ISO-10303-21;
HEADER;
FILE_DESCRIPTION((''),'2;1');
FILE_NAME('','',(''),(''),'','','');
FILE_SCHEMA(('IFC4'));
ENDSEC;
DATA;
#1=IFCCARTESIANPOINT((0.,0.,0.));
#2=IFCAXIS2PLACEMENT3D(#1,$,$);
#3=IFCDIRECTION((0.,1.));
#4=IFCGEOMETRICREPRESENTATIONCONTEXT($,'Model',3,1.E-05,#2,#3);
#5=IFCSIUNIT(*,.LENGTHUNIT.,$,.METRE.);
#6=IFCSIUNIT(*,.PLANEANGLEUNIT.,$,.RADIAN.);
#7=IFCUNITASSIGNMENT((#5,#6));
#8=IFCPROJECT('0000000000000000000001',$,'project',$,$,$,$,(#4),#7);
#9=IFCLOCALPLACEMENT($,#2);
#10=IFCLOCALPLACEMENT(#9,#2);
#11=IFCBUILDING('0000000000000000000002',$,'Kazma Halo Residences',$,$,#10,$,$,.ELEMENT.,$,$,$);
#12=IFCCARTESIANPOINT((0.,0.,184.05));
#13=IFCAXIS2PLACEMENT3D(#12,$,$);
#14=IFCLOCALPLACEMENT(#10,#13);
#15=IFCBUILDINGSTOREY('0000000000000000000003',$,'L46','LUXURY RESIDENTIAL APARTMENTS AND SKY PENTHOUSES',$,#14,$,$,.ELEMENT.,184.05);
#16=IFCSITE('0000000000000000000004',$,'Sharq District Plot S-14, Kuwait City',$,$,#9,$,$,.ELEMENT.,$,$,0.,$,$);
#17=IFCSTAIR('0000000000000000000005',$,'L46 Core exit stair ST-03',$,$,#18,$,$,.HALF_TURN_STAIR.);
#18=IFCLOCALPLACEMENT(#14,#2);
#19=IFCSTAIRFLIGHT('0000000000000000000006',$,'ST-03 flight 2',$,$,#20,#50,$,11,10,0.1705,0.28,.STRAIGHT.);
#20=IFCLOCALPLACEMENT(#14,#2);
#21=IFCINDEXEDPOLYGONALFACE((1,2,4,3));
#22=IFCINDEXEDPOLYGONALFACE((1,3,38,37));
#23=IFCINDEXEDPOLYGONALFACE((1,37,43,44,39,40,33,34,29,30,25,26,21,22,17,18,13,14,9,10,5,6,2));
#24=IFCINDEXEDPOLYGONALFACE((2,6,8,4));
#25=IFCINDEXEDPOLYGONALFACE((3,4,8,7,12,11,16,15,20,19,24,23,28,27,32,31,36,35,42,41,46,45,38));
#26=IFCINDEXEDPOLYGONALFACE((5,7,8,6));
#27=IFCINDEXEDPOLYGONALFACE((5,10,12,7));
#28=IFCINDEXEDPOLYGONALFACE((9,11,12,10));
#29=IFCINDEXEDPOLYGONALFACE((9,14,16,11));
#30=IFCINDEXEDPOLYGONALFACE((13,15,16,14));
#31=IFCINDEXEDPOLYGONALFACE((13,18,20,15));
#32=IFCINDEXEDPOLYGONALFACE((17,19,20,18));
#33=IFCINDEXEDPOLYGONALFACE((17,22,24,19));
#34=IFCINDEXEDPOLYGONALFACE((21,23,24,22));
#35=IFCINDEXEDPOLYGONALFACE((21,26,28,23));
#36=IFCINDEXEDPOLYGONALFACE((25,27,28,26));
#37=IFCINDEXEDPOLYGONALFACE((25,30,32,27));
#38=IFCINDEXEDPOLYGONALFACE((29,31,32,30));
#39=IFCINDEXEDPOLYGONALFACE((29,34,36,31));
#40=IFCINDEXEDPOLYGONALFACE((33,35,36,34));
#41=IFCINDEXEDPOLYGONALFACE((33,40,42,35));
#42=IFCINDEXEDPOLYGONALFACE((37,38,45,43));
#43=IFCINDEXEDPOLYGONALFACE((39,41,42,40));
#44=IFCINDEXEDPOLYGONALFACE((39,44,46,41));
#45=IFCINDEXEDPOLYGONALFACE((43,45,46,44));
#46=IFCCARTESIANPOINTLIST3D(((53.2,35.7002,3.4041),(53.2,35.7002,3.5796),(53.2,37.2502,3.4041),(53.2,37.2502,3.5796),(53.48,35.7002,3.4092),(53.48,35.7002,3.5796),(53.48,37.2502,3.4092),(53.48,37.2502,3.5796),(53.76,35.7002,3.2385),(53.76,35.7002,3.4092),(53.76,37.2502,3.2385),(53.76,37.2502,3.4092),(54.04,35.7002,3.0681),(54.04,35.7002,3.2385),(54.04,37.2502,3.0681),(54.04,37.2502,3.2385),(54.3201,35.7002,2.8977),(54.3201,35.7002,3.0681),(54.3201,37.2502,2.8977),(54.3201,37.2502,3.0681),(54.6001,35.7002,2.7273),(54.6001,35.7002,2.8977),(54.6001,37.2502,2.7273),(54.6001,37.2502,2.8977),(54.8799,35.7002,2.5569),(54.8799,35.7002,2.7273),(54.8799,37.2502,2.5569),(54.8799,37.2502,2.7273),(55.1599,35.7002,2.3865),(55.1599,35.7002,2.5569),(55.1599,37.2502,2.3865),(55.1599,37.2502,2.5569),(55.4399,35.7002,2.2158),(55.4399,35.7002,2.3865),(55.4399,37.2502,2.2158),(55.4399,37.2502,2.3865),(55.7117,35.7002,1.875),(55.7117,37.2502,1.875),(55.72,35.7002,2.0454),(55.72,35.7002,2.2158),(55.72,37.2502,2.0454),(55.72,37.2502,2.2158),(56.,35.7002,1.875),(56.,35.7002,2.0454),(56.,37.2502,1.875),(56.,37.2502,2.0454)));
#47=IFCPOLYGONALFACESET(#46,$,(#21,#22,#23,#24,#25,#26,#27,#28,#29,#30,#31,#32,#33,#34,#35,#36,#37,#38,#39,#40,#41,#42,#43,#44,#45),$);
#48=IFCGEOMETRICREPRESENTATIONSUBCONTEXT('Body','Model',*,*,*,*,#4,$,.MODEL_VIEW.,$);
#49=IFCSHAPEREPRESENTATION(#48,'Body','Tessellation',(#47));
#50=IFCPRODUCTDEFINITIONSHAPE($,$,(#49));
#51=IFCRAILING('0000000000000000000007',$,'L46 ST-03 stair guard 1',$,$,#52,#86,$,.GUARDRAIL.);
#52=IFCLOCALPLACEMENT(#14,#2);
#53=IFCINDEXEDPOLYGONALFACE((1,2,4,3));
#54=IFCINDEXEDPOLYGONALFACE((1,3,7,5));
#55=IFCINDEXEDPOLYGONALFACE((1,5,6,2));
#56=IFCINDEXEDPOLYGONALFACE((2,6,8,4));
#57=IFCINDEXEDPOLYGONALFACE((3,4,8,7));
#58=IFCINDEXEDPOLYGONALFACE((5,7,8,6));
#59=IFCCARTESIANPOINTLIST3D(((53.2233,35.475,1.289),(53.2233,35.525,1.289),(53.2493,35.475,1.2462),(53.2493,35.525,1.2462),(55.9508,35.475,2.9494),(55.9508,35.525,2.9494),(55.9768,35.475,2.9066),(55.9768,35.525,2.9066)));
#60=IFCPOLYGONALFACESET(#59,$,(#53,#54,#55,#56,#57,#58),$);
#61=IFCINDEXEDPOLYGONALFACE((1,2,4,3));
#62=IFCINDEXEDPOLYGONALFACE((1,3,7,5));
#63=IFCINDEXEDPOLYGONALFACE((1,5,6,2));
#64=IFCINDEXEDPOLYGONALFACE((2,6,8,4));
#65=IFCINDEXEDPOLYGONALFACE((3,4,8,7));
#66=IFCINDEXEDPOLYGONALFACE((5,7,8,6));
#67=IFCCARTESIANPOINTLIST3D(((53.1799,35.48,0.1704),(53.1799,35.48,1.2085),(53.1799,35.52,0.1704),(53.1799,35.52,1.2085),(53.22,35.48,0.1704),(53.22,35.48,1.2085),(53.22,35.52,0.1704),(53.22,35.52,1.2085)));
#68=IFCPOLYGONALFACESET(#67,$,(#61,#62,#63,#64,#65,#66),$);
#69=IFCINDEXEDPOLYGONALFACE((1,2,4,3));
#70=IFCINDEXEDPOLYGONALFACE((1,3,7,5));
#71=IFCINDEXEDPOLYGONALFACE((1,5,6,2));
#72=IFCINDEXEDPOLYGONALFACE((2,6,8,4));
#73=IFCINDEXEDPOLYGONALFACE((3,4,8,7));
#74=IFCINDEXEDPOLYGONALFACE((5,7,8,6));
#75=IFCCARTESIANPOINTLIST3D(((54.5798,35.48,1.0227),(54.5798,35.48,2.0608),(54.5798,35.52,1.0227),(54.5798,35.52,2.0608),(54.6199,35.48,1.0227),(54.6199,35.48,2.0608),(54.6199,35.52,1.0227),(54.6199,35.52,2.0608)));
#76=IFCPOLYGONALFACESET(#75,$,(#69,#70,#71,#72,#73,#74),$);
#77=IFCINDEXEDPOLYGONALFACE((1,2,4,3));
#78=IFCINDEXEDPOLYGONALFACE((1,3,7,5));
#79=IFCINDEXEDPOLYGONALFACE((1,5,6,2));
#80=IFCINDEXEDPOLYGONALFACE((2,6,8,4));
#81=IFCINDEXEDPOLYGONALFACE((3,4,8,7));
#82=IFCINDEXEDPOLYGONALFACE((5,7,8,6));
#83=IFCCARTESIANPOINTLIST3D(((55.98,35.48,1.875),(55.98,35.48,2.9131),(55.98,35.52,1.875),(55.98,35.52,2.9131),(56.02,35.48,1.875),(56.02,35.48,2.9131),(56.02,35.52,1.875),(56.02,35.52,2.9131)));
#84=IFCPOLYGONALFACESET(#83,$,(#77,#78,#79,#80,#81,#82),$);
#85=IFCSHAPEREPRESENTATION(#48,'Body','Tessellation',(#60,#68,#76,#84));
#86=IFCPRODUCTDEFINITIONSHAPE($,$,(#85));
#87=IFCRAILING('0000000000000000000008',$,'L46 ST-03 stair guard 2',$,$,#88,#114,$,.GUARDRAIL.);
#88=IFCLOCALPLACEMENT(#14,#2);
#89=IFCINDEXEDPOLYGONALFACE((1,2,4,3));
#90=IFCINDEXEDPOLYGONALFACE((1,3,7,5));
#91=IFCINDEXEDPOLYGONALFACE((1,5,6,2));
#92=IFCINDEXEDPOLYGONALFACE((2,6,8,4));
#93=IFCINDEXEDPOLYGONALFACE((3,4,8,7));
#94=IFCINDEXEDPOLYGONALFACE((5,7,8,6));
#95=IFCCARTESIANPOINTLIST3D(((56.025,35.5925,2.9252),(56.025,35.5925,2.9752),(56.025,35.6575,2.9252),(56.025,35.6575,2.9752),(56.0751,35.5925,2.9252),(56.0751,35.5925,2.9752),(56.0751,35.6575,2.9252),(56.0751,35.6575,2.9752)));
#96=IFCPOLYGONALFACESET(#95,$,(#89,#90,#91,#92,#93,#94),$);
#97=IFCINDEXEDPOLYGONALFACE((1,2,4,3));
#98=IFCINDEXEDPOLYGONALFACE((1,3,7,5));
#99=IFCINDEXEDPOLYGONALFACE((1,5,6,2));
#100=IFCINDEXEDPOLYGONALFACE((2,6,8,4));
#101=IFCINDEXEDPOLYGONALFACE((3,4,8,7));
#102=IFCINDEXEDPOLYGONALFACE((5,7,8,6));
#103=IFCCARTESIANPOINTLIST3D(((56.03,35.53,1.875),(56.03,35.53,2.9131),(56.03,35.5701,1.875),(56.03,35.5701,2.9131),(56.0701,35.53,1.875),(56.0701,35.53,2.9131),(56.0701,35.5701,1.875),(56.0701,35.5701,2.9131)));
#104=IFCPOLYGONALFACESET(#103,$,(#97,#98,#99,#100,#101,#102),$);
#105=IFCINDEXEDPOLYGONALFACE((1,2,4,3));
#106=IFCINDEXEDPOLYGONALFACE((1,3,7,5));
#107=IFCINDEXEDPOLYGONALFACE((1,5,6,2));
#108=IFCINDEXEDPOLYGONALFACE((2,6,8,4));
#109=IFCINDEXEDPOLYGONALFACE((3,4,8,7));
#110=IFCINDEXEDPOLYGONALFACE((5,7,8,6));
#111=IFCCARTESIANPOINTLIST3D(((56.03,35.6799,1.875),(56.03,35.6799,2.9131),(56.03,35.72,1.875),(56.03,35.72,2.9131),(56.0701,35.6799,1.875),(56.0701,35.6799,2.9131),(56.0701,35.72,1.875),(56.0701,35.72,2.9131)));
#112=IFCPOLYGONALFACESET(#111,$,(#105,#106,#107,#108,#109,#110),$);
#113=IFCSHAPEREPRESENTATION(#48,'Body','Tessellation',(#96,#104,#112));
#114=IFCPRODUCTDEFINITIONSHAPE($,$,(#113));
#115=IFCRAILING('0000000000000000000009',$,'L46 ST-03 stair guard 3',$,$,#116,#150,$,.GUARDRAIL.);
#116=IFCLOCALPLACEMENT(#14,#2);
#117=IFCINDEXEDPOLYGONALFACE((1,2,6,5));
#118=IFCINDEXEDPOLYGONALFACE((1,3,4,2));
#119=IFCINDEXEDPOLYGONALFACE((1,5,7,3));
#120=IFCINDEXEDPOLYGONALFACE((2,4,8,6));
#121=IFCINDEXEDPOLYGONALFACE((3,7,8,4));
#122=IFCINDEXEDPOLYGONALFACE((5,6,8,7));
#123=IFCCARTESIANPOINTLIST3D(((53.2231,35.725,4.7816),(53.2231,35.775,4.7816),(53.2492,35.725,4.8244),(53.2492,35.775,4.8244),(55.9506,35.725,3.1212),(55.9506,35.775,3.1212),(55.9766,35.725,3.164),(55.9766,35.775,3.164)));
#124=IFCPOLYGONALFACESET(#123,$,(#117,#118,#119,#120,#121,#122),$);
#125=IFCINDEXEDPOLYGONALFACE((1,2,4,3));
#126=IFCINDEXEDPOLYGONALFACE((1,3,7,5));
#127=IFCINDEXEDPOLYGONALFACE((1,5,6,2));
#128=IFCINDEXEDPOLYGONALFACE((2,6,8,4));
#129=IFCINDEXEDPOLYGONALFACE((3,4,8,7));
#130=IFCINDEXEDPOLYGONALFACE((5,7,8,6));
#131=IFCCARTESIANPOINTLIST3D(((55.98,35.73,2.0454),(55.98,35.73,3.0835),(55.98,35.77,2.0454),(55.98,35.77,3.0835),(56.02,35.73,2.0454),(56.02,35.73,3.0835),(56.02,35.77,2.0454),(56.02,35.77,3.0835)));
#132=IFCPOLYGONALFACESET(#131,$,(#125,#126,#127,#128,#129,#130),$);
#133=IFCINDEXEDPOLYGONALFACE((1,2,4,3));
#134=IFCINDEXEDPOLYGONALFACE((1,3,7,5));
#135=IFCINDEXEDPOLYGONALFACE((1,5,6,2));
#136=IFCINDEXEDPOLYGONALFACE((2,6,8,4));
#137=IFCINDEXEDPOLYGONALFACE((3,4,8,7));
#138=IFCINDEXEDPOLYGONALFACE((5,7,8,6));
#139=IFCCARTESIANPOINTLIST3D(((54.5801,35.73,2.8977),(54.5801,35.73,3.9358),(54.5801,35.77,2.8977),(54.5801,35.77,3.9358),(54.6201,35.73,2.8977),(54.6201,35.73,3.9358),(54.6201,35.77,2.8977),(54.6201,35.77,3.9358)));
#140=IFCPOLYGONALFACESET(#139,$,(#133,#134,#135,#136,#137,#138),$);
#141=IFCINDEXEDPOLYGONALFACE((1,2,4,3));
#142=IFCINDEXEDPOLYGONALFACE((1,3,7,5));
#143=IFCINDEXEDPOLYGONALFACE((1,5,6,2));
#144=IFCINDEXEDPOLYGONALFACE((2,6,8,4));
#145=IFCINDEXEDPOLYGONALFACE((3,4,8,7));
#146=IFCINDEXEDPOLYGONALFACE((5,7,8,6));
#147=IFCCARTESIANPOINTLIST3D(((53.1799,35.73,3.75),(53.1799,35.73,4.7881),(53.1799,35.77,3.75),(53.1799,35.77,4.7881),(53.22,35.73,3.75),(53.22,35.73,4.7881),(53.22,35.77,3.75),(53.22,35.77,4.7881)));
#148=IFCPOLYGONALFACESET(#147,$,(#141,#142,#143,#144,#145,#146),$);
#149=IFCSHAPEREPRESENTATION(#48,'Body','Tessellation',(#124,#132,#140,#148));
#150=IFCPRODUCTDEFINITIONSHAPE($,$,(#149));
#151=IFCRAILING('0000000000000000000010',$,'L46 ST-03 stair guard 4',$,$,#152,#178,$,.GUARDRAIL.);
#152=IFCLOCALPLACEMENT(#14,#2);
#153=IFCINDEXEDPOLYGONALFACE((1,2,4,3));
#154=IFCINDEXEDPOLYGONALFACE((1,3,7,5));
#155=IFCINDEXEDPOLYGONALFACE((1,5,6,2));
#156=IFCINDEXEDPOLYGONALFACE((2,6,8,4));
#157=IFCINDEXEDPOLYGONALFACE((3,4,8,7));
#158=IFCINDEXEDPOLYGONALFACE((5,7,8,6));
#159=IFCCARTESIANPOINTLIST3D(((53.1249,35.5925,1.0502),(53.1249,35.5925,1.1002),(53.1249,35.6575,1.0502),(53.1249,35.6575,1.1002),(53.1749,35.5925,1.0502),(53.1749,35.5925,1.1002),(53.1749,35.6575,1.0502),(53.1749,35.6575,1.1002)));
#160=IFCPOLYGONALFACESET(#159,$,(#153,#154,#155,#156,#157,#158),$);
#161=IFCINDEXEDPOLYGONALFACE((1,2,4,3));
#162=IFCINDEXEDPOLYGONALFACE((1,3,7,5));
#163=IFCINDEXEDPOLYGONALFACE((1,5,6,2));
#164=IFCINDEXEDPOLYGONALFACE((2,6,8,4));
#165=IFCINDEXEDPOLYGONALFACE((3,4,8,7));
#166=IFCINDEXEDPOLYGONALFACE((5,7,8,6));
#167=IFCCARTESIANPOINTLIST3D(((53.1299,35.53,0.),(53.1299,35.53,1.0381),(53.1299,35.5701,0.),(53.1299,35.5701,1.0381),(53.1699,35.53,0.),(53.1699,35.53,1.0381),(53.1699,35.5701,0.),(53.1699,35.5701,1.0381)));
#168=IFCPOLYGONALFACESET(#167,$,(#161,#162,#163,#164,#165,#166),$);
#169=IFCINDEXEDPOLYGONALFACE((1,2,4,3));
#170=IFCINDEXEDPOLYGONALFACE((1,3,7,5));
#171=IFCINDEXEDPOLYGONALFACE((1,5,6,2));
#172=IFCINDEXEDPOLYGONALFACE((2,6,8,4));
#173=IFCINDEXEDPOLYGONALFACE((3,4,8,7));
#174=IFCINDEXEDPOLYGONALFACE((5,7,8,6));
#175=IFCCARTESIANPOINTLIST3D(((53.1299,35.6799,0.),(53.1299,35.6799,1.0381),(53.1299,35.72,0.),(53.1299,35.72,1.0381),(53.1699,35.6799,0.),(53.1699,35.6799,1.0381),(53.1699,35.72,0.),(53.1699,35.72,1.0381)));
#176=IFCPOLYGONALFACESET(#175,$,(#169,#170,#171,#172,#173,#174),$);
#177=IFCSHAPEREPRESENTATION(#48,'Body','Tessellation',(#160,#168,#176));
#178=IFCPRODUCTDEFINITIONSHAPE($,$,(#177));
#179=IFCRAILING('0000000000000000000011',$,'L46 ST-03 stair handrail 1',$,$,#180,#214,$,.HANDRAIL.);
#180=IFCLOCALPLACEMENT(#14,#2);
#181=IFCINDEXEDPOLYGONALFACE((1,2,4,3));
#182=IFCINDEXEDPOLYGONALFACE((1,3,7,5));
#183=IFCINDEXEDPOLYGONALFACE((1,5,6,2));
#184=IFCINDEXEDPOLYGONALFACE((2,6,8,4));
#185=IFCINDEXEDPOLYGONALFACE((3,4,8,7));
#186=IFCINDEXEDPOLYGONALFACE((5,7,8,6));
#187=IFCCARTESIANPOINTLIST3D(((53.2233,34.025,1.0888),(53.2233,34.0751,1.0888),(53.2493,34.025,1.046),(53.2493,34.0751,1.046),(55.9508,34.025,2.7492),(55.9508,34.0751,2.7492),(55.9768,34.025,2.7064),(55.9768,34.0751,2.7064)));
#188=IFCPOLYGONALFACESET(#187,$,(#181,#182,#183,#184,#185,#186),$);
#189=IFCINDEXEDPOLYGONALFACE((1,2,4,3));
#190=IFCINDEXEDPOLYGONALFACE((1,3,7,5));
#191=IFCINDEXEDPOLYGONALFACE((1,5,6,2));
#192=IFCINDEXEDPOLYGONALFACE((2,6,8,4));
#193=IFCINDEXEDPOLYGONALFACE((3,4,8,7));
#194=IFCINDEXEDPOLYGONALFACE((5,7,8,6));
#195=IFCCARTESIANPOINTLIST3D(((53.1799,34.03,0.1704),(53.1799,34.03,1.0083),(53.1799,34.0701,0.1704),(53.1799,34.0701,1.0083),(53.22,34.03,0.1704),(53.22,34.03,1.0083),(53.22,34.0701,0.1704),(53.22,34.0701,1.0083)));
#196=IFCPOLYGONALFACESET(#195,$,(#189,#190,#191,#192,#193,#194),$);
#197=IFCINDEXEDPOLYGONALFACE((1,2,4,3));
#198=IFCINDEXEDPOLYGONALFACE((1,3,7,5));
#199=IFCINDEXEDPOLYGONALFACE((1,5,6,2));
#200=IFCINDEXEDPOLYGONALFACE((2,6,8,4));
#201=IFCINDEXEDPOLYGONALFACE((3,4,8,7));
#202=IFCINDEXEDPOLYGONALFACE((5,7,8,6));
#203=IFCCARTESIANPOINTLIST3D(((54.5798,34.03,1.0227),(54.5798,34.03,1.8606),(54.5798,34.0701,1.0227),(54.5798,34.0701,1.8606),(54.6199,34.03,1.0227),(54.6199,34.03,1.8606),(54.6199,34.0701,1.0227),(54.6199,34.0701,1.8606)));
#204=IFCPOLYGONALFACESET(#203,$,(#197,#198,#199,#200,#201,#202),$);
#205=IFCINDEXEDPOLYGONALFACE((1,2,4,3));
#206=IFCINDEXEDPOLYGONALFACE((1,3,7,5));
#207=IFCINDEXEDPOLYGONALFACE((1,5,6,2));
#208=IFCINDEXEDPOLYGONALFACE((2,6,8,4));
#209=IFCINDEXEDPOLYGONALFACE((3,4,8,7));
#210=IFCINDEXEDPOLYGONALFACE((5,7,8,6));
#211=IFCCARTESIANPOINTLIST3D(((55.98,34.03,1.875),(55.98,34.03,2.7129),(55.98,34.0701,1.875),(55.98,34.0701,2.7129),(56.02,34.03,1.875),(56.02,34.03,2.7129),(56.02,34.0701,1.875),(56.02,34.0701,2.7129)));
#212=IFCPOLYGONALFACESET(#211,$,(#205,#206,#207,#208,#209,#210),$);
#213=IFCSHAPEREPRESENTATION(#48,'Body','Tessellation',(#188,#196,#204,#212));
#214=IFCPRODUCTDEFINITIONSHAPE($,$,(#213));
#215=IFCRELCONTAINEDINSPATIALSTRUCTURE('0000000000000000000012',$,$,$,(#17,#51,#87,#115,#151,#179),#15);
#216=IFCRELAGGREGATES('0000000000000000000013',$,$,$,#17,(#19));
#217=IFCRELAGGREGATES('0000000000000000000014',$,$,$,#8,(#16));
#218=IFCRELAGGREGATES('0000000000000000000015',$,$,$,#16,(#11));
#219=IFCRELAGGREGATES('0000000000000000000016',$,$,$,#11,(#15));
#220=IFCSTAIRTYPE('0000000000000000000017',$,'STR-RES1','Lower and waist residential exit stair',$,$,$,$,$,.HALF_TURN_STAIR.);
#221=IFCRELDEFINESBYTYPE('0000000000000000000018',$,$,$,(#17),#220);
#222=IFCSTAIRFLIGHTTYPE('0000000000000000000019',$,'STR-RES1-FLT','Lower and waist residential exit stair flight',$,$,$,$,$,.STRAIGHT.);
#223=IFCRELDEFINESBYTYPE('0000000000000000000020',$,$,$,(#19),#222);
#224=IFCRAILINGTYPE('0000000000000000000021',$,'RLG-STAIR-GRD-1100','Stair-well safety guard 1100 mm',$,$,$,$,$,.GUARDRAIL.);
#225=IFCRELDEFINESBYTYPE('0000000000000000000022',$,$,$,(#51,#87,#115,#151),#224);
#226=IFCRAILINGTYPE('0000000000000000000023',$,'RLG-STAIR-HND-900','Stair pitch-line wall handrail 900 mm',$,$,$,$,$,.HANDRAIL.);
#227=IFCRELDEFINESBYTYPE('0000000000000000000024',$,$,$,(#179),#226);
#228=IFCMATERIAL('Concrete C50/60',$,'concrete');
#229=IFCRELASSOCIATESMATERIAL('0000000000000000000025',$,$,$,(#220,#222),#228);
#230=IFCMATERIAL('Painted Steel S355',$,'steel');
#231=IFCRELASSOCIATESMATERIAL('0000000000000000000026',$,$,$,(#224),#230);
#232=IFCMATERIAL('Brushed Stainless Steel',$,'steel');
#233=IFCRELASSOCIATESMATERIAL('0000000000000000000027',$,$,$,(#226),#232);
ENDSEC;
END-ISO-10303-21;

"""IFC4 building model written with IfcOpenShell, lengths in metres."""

from ifc_helpers import new_model, si_unit, direction, frame, origin, origin_2d, place, context, subcontext, project, spatial, polyline, rectangle, outline, extrude, material, type_object, element, aggregate, save


model = new_model("IFC4")

# Units and contexts
model_context = context("Model", 3, precision=1e-05, world=origin(), true_north=direction((0.0, 1.0)))
body_context = subcontext(model_context, "Body", "Model", "MODEL_VIEW")
ifc_project = project(units=[si_unit("LENGTHUNIT", "METRE"), si_unit("PLANEANGLEUNIT", "RADIAN")], contexts=[model_context])

# Site, building, storey
site_placement = place(None, origin())
site = spatial("IfcSite", under=ifc_project, at=site_placement, Name="Sharq District Plot S-14, Kuwait City", CompositionType="ELEMENT", RefElevation=0.0)
building_placement = place(site_placement, origin())
building = spatial("IfcBuilding", under=site, at=building_placement, Name="Kazma Halo Residences", CompositionType="ELEMENT")
storey_placement = place(building_placement, frame((0.0, 0.0, 184.05)))
storey = spatial("IfcBuildingStorey", under=building, at=storey_placement, Name="L46", Description="LUXURY RESIDENTIAL APARTMENTS AND SKY PENTHOUSES", CompositionType="ELEMENT", Elevation=184.05)

# Shared definitions
ifc_material_1 = material(Name="Concrete C50/60", Category="concrete")

# Stair, stair flight
stair_type = type_object("IfcStairType", Name="STR-RES1", Description="Lower and waist residential exit stair", PredefinedType="HALF_TURN_STAIR", material=ifc_material_1)
stair_placement = place(storey_placement, origin())
stair = element("IfcStair", 1, at=stair_placement, inside=storey, type_object=stair_type, Name="L46 Core exit stair ST-03", PredefinedType="HALF_TURN_STAIR")
stair_flight_type = type_object("IfcStairFlightType", Name="STR-RES1-FLT", Description="Lower and waist residential exit stair flight", PredefinedType="STRAIGHT", material=ifc_material_1)
stair_flight_1_placement = place(storey_placement, frame((56.0, 36.4751, 1.875), z_axis=(0.0, 0.0, 1.0), x_axis=(-1.0, 0.0, 0.0)))
stair_flight_1 = element("IfcStairFlight", 2, at=stair_flight_1_placement, type_object=stair_flight_type, Name="ST-03 flight 2", NumberOfRisers=11, NumberOfTreads=10, PredefinedType="STRAIGHT", RiserHeight=0.1705, TreadLength=0.28, context=body_context, shape_type="SweptSolid", body=[
    extrude(outline(polyline([(0.0, 0.0), (0.0, 0.1704), (0.28, 0.1704), (0.28, 0.3408), (0.5601, 0.3408), (0.5601, 0.5115), (0.8401, 0.5115), (0.8401, 0.6819), (1.1201, 0.6819), (1.1201, 0.8523), (1.3999, 0.8523), (1.3999, 1.0227), (1.6799, 1.0227), (1.6799, 1.1931), (1.96, 1.1931), (1.96, 1.3635), (2.24, 1.3635), (2.24, 1.5342), (2.52, 1.5342), (2.52, 1.7046), (2.8, 1.7046), (2.8, 1.875), (2.8, 1.5291), (0.2883, 0.0), (0.0, 0.0)])), frame((0.0, 0.7749, 0.0), z_axis=(0.0, -1.0, 0.0), x_axis=(1.0, 0.0, 0.0)), (0.0, 0.0, 1.0), 1.55),
])
aggregate(stair, [stair_flight_1])

# Railings
ifc_material_2 = material(Name="Painted Steel S355", Category="steel")
railing_type_1 = type_object("IfcRailingType", Name="RLG-STAIR-GRD-1100", Description="Stair-well safety guard 1100 mm", PredefinedType="GUARDRAIL", material=ifc_material_2)
railing_1_placement = place(storey_placement, frame((53.2, 35.5, 0.1704)))
element("IfcRailing", 3, at=railing_1_placement, inside=storey, type_object=railing_type_1, Name="L46 ST-03 stair guard 1", PredefinedType="GUARDRAIL", context=body_context, shape_type="SweptSolid", body=[
    extrude(rectangle(XDim=0.05, YDim=0.05, at=origin_2d()), frame((0.0364, 0.0, 1.0972), z_axis=(0.85417, 0.0, 0.519994), x_axis=(0.0, 1.0, 0.0)), (0.0, 0.0, 1.0), 3.1931),
    extrude(rectangle(XDim=0.04, YDim=0.04, at=origin_2d()), origin(), (0.0, 0.0, 1.0), 1.0381),
    extrude(rectangle(XDim=0.04, YDim=0.04, at=origin_2d()), frame((1.3999, 0.0, 0.8523)), (0.0, 0.0, 1.0), 1.0381),
    extrude(rectangle(XDim=0.04, YDim=0.04, at=origin_2d()), frame((2.8, 0.0, 1.7046)), (0.0, 0.0, 1.0), 1.0381),
])
railing_2_placement = place(storey_placement, frame((56.05, 35.55, 1.875)))
element("IfcRailing", 4, at=railing_2_placement, inside=storey, type_object=railing_type_1, Name="L46 ST-03 stair guard 2", PredefinedType="GUARDRAIL", context=body_context, shape_type="SweptSolid", body=[
    extrude(rectangle(XDim=0.05, YDim=0.05, at=origin_2d()), frame((0.0, 0.0425, 1.0752), z_axis=(0.0, 1.0, 0.0), x_axis=(-1.0, 0.0, 0.0)), (0.0, 0.0, 1.0), 0.0649),
    extrude(rectangle(XDim=0.04, YDim=0.04, at=origin_2d()), origin(), (0.0, 0.0, 1.0), 1.0381),
    extrude(rectangle(XDim=0.04, YDim=0.04, at=origin_2d()), frame((0.0, 0.1499, 0.0)), (0.0, 0.0, 1.0), 1.0381),
])
railing_3_placement = place(storey_placement, frame((56.0, 35.75, 2.0454)))
element("IfcRailing", 5, at=railing_3_placement, inside=storey, type_object=railing_type_1, Name="L46 ST-03 stair guard 3", PredefinedType="GUARDRAIL", context=body_context, shape_type="SweptSolid", body=[
    extrude(rectangle(XDim=0.05, YDim=0.05, at=origin_2d()), frame((-0.0364, 0.0, 1.0972), z_axis=(-0.85417, 0.0, 0.519994), x_axis=(0.0, -1.0, 0.0)), (0.0, 0.0, 1.0), 3.1931),
    extrude(rectangle(XDim=0.04, YDim=0.04, at=origin_2d()), origin(), (0.0, 0.0, 1.0), 1.0381),
    extrude(rectangle(XDim=0.04, YDim=0.04, at=origin_2d()), frame((-1.3999, 0.0, 0.8523)), (0.0, 0.0, 1.0), 1.0381),
    extrude(rectangle(XDim=0.04, YDim=0.04, at=origin_2d()), frame((-2.8, 0.0, 1.7046)), (0.0, 0.0, 1.0), 1.0381),
])
railing_4_placement = place(storey_placement, frame((53.1499, 35.55, 0.0)))
element("IfcRailing", 6, at=railing_4_placement, inside=storey, type_object=railing_type_1, Name="L46 ST-03 stair guard 4", PredefinedType="GUARDRAIL", context=body_context, shape_type="SweptSolid", body=[
    extrude(rectangle(XDim=0.05, YDim=0.05, at=origin_2d()), frame((0.0, 0.0425, 1.0752), z_axis=(0.0, 1.0, 0.0), x_axis=(-1.0, 0.0, 0.0)), (0.0, 0.0, 1.0), 0.0649),
    extrude(rectangle(XDim=0.04, YDim=0.04, at=origin_2d()), origin(), (0.0, 0.0, 1.0), 1.0381),
    extrude(rectangle(XDim=0.04, YDim=0.04, at=origin_2d()), frame((0.0, 0.1499, 0.0)), (0.0, 0.0, 1.0), 1.0381),
])
ifc_material_3 = material(Name="Brushed Stainless Steel", Category="steel")
railing_type_2 = type_object("IfcRailingType", Name="RLG-STAIR-HND-900", Description="Stair pitch-line wall handrail 900 mm", PredefinedType="HANDRAIL", material=ifc_material_3)
railing_5_placement = place(storey_placement, frame((53.2, 34.05, 0.1704)))
element("IfcRailing", 7, at=railing_5_placement, inside=storey, type_object=railing_type_2, Name="L46 ST-03 stair handrail 1", PredefinedType="HANDRAIL", context=body_context, shape_type="SweptSolid", body=[
    extrude(rectangle(XDim=0.05, YDim=0.05, at=origin_2d()), frame((0.0364, 0.0, 0.897), z_axis=(0.85417, 0.0, 0.519994), x_axis=(0.0, 1.0, 0.0)), (0.0, 0.0, 1.0), 3.1931),
    extrude(rectangle(XDim=0.04, YDim=0.04, at=origin_2d()), origin(), (0.0, 0.0, 1.0), 0.8379),
    extrude(rectangle(XDim=0.04, YDim=0.04, at=origin_2d()), frame((1.3999, 0.0, 0.8523)), (0.0, 0.0, 1.0), 0.8379),
    extrude(rectangle(XDim=0.04, YDim=0.04, at=origin_2d()), frame((2.8, 0.0, 1.7046)), (0.0, 0.0, 1.0), 0.8379),
])

save(model, "model.ifc")
